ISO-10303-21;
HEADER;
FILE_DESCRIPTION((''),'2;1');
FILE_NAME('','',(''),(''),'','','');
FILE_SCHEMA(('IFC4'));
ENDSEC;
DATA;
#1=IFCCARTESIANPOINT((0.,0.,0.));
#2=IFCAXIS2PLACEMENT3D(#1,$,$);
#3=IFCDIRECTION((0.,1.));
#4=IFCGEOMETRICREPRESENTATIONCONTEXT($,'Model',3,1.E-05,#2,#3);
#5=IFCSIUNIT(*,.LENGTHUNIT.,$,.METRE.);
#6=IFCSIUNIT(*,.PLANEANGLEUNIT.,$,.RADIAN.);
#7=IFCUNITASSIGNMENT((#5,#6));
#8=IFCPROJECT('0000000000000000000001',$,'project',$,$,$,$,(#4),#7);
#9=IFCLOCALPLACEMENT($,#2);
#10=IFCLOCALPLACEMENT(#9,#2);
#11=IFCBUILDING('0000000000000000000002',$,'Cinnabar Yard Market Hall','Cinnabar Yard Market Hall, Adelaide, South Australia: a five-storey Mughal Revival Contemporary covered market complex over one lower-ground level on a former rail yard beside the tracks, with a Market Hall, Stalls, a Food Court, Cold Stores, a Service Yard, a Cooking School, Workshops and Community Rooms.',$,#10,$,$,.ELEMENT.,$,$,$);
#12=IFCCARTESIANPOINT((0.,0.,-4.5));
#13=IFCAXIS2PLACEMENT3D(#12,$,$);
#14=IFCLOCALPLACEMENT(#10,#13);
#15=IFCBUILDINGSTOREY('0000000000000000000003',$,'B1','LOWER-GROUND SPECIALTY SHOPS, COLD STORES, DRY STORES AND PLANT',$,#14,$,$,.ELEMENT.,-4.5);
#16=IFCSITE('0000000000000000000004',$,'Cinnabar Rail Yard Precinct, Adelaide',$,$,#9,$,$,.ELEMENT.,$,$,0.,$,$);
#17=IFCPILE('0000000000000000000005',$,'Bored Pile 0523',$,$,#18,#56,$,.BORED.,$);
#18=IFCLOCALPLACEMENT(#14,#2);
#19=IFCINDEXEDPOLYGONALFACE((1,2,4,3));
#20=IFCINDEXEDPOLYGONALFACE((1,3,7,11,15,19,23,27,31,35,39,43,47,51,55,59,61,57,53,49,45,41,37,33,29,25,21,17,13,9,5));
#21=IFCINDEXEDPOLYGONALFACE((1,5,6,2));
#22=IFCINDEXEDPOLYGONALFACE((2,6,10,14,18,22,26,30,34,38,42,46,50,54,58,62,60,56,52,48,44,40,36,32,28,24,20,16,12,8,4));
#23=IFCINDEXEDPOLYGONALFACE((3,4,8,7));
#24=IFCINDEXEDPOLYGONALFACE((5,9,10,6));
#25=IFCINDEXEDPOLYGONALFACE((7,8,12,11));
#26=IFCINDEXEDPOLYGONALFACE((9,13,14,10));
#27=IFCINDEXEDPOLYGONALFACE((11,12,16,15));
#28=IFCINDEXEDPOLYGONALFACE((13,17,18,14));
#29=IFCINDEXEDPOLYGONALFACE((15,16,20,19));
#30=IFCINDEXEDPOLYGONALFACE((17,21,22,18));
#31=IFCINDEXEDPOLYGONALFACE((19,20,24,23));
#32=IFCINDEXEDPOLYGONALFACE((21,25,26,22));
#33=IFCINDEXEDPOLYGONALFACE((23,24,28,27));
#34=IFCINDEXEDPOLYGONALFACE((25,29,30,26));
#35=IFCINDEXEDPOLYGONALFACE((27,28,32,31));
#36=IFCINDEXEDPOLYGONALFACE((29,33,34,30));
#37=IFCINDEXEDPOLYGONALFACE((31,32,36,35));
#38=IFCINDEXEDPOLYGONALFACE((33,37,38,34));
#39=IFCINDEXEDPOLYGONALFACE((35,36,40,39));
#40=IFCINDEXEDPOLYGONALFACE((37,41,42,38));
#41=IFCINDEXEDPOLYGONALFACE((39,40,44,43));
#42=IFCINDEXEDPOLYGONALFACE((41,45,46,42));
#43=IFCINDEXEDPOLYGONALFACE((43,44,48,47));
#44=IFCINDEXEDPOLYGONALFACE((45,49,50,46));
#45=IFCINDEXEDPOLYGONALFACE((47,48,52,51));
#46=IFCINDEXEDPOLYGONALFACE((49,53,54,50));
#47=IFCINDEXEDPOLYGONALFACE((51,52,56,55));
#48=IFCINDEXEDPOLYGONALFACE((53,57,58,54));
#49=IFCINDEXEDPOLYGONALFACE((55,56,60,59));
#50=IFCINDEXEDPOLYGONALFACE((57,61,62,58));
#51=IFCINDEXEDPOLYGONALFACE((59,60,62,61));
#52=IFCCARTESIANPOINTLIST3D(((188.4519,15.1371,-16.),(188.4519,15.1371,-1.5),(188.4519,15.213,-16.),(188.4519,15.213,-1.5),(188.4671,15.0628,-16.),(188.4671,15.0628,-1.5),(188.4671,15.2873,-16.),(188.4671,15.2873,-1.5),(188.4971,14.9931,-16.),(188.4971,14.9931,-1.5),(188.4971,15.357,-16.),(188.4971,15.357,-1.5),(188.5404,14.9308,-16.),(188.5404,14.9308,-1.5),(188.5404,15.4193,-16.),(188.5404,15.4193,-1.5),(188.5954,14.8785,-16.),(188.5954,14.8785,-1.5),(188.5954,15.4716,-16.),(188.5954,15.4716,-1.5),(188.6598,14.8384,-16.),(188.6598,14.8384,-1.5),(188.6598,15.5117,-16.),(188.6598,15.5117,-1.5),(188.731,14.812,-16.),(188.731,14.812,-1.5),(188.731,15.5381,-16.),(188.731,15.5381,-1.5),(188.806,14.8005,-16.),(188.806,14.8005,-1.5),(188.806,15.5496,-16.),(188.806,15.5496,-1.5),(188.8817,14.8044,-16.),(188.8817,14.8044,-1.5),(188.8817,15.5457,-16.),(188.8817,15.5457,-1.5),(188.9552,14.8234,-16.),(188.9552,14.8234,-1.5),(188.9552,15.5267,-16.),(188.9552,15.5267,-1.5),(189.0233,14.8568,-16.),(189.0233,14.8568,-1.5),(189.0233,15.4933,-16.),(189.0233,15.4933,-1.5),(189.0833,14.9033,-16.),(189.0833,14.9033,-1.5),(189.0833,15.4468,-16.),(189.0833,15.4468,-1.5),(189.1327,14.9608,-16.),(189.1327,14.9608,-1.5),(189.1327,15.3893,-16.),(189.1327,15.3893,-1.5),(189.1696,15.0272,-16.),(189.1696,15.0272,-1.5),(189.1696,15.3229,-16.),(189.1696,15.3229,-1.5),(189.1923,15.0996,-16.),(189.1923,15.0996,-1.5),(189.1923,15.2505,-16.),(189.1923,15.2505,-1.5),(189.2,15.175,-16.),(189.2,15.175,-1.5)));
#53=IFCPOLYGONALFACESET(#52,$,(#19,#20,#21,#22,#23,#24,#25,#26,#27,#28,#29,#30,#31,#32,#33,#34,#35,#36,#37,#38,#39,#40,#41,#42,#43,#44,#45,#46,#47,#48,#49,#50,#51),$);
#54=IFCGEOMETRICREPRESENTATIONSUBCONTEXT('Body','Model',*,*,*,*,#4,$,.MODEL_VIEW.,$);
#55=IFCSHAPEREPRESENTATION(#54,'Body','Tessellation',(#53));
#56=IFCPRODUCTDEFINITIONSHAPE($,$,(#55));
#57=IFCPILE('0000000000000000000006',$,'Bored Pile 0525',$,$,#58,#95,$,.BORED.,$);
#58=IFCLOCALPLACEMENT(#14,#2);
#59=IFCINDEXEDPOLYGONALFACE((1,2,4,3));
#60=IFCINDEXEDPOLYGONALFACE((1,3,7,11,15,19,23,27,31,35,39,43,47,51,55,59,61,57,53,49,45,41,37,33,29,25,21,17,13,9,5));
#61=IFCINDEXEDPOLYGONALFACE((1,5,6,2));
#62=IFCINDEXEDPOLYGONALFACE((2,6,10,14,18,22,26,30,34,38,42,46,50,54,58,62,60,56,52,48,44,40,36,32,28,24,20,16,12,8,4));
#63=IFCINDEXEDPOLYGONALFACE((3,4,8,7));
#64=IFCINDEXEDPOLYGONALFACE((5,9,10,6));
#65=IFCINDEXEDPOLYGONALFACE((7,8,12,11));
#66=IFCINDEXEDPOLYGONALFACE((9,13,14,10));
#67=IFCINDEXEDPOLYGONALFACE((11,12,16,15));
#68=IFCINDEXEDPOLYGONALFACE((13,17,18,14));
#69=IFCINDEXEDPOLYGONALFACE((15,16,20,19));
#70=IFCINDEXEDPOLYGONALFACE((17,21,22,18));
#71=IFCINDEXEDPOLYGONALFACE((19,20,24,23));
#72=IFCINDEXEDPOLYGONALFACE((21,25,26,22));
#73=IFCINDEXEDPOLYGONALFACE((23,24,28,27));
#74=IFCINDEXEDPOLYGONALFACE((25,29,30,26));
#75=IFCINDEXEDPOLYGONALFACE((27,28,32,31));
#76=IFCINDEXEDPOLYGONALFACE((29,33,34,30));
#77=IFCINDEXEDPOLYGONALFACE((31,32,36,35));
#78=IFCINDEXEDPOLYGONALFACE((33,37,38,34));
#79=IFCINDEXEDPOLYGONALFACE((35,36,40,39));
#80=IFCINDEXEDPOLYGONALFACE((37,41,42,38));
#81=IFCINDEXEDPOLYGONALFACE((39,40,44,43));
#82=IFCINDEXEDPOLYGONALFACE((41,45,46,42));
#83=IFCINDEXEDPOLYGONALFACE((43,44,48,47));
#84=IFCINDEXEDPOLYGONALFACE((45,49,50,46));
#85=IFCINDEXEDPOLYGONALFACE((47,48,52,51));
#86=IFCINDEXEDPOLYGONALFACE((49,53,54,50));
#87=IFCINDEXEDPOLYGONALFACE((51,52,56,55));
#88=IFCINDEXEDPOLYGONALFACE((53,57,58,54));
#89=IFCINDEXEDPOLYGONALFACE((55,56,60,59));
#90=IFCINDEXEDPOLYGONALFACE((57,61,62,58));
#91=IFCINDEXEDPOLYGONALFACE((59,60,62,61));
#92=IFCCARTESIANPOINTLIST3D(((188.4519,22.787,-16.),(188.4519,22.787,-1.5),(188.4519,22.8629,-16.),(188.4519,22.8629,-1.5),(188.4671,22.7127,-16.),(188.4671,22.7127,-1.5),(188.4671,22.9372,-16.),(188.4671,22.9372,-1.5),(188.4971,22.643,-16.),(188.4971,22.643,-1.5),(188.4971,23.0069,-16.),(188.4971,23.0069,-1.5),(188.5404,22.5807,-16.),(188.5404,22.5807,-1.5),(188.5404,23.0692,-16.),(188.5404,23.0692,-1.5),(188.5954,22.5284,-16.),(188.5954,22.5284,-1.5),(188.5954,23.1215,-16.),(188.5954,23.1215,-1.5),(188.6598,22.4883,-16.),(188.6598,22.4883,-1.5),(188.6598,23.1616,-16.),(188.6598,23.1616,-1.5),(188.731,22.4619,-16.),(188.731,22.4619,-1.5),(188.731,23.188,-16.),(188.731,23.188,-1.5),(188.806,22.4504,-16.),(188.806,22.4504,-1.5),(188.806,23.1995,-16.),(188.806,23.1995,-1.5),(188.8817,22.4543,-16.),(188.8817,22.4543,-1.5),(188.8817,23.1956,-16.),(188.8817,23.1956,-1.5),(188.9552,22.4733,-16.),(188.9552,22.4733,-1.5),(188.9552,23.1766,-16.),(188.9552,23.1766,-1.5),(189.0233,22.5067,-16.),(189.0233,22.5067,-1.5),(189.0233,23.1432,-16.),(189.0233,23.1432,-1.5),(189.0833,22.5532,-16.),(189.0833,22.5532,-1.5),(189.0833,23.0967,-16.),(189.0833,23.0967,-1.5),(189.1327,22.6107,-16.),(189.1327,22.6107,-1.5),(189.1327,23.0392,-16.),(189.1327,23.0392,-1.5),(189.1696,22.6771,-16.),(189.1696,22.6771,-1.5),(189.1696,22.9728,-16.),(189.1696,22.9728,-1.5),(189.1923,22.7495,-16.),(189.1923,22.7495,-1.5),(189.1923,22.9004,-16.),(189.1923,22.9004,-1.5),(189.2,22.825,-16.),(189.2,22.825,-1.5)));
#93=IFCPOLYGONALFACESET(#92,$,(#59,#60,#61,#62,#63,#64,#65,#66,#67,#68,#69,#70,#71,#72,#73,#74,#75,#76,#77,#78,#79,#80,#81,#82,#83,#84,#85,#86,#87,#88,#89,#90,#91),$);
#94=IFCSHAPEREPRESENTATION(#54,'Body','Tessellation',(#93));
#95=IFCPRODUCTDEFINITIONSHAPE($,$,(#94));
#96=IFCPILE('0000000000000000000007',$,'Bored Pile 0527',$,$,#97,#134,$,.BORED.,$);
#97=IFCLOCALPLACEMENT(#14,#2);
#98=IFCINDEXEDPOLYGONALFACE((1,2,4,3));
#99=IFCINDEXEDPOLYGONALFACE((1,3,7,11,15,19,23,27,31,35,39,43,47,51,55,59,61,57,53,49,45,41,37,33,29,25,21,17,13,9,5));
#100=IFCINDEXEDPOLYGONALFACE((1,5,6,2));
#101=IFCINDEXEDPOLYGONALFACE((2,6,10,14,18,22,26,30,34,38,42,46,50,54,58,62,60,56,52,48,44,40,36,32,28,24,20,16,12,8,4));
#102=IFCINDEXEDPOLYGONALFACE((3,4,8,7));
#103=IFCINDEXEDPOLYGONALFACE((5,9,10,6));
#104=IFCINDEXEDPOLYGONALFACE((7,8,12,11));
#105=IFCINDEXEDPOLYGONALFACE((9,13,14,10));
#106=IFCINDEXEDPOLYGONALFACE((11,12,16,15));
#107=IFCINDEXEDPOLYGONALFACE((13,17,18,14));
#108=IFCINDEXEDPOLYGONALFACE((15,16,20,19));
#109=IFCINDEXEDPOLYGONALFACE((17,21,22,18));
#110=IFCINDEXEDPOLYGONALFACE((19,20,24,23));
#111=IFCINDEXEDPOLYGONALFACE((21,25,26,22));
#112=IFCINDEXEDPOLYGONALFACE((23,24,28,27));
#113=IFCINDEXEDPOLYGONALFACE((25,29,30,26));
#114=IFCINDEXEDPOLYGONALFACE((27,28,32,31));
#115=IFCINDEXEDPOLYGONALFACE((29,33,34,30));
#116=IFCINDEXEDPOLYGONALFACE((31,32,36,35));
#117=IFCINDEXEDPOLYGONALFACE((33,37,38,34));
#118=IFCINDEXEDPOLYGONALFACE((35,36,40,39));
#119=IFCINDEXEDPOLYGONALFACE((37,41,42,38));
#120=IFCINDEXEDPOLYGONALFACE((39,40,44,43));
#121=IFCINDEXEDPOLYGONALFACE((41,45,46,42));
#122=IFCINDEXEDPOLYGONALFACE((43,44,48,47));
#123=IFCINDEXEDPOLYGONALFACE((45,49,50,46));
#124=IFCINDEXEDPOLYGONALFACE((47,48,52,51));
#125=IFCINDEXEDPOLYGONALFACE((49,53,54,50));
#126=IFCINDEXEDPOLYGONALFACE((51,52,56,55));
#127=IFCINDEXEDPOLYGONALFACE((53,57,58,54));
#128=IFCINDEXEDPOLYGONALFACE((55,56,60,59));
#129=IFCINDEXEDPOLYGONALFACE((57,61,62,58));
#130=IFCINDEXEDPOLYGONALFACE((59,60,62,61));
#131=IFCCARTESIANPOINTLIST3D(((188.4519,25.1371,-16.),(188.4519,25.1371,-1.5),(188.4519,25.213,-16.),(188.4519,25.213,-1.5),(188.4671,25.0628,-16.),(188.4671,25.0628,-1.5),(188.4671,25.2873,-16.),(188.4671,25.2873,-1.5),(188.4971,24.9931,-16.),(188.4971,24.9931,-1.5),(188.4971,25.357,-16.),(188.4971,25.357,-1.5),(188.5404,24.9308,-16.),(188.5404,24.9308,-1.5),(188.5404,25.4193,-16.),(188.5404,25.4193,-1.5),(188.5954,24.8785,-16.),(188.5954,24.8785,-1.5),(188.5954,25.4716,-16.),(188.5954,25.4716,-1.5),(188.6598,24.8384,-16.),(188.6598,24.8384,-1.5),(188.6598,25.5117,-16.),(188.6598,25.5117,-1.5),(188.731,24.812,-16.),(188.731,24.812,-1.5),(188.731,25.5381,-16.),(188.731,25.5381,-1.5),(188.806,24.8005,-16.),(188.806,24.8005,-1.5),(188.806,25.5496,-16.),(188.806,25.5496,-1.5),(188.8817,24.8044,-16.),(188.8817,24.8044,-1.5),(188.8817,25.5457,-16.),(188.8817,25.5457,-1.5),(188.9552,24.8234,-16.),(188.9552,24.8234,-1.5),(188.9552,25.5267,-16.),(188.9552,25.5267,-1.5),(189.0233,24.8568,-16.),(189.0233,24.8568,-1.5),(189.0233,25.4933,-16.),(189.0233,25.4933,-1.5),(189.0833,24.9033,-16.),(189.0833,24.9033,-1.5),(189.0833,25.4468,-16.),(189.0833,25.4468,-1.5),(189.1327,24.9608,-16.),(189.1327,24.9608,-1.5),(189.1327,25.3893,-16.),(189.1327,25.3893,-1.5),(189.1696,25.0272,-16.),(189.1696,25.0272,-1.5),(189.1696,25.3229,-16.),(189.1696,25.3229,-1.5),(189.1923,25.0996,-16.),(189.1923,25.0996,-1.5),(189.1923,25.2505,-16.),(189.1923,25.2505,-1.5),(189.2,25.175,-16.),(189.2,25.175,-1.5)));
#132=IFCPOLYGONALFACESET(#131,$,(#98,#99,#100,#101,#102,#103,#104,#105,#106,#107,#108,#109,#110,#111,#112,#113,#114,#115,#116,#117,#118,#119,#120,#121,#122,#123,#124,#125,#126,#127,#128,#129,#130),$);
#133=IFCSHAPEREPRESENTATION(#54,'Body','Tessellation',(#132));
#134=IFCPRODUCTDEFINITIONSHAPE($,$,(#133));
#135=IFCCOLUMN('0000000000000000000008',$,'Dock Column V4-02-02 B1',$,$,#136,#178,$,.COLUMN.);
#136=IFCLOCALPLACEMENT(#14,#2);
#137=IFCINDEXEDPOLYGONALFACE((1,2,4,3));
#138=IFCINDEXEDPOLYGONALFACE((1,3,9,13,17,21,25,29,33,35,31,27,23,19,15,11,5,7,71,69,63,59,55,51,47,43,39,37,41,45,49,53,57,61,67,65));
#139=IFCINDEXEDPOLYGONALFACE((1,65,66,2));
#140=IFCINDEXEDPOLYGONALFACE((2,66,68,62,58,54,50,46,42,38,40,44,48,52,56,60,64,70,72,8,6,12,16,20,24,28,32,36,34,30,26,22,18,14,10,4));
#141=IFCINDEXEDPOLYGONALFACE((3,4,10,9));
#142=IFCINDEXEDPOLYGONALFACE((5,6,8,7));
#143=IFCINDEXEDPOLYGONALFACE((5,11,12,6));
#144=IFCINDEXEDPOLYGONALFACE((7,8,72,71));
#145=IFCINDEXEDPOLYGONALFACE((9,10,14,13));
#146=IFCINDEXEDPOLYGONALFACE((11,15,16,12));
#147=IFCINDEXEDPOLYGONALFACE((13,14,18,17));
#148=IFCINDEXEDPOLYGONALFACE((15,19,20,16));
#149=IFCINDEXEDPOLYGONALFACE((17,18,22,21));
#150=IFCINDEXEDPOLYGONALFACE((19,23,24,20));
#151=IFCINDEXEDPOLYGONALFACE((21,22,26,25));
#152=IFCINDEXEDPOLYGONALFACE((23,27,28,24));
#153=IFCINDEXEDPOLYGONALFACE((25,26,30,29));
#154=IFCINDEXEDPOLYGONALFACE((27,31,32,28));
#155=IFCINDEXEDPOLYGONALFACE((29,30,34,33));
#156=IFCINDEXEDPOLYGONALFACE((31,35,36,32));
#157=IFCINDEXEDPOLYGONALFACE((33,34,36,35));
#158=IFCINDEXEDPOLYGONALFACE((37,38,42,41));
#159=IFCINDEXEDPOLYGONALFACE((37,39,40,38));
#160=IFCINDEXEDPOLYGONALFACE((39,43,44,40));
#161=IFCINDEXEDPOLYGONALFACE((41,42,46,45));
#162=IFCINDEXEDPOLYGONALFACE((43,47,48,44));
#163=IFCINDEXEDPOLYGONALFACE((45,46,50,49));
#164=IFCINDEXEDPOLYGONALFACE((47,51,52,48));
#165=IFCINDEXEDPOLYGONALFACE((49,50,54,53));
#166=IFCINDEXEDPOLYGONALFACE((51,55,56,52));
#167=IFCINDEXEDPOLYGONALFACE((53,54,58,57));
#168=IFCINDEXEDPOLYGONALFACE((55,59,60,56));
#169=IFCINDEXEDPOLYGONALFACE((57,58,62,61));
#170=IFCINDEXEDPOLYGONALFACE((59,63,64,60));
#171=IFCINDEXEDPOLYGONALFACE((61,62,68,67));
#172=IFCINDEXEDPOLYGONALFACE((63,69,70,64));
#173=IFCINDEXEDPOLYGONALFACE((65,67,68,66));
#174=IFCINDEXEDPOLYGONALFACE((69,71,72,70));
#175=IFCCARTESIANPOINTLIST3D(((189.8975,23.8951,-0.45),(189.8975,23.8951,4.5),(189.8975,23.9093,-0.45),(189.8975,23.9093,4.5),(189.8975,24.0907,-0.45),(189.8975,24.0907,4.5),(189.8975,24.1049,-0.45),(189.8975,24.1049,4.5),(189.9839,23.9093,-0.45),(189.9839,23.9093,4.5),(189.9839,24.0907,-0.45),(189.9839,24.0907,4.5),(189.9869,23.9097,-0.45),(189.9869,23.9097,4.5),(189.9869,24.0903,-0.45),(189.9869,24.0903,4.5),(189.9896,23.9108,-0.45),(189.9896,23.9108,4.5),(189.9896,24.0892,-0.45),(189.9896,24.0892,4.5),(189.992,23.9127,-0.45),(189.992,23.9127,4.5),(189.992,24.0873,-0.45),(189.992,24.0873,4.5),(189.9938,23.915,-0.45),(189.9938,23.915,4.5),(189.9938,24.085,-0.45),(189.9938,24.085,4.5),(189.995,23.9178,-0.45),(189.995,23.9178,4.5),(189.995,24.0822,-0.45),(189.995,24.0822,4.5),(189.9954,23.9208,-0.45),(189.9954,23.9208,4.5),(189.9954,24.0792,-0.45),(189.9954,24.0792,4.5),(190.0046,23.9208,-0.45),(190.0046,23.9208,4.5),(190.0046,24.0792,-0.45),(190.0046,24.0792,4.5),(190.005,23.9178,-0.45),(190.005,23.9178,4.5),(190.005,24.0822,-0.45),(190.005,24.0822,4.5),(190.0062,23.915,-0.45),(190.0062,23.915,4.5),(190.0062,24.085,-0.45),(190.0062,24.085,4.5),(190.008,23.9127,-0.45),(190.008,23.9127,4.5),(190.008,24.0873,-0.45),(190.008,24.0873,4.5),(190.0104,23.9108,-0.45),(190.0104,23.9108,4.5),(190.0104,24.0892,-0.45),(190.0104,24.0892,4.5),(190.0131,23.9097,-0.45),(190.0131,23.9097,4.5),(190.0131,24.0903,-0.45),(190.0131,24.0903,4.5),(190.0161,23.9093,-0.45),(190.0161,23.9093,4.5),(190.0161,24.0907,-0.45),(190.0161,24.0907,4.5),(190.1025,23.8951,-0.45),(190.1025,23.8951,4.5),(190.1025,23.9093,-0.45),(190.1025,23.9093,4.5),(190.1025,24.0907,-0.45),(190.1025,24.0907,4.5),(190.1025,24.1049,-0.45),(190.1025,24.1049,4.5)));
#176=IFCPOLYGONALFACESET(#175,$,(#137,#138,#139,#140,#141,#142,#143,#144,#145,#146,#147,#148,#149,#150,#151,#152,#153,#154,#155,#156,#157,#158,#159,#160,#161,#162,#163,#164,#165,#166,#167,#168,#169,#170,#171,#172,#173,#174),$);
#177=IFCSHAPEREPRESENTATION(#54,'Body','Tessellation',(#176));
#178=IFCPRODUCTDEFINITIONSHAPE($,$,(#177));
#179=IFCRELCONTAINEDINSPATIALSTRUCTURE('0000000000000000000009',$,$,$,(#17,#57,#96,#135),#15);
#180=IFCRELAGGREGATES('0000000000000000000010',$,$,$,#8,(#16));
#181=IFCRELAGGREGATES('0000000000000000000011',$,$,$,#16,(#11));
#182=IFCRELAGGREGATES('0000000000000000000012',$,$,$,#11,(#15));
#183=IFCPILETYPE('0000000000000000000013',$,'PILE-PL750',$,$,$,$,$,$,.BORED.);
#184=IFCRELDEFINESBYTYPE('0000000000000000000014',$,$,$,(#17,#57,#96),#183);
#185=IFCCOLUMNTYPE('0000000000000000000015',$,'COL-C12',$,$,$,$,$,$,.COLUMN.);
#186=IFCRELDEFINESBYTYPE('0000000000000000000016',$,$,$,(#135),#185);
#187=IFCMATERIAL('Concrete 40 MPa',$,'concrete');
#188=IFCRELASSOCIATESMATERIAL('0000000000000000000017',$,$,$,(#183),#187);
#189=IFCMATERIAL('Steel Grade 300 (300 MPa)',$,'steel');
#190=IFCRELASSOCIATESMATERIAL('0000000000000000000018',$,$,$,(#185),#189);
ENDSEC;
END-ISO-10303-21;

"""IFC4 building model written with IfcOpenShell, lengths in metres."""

from ifc_helpers import new_model, si_unit, direction, frame, origin, origin_2d_with_axis, place, context, subcontext, project, spatial, circle, i_section, extrude, material, material_profile, profile_set, type_object, element, save


model = new_model("IFC4")

# Units and contexts
model_context = context("Model", 3, precision=1e-05, world=origin(), true_north=direction((0.0, 1.0)))
body_context = subcontext(model_context, "Body", "Model", "MODEL_VIEW")
ifc_project = project(units=[si_unit("LENGTHUNIT", "METRE"), si_unit("PLANEANGLEUNIT", "RADIAN")], contexts=[model_context])

# Site, building, storey
site_placement = place(None, origin())
site = spatial("IfcSite", under=ifc_project, at=site_placement, Name="Cinnabar Rail Yard Precinct, Adelaide", CompositionType="ELEMENT", RefElevation=0.0)
building_placement = place(site_placement, origin())
building = spatial("IfcBuilding", under=site, at=building_placement, Name="Cinnabar Yard Market Hall", Description="Cinnabar Yard Market Hall, Adelaide, South Australia: a five-storey Mughal Revival Contemporary covered market complex over one lower-ground level on a former rail yard beside the tracks, with a Market Hall, Stalls, a Food Court, Cold Stores, a Service Yard, a Cooking School, Workshops and Community Rooms.", CompositionType="ELEMENT")
storey_placement = place(building_placement, frame((0.0, 0.0, -4.5)))
storey = spatial("IfcBuildingStorey", under=building, at=storey_placement, Name="B1", Description="LOWER-GROUND SPECIALTY SHOPS, COLD STORES, DRY STORES AND PLANT", CompositionType="ELEMENT", Elevation=-4.5)

# Shared definitions
ifc_material_1 = material(Name="Concrete 40 MPa", Category="concrete")

# Piles
ifc_material_profile_1 = material_profile(ifc_material_1, circle(Radius=0.375, at=origin_2d_with_axis()), Name="PILE-D750")
ifc_profile_set_1 = profile_set([ifc_material_profile_1], Name="Concrete 40 MPa")
pile_type = type_object("IfcPileType", Name="PILE-PL750", PredefinedType="BORED", material=ifc_profile_set_1)
for number, where, z_axis, x_axis, name in (
    (1, (188.825, 15.175, -1.5), (0.0, 0.0, -1.0), (1.0, 0.0, 0.0), "Bored Pile 0523"),
    (2, (188.825, 22.825, -1.5), (0.0, 0.0, -1.0), (1.0, 0.0, 0.0), "Bored Pile 0525"),
    (3, (188.825, 25.175, -1.5), (0.0, 0.0, -1.0), (1.0, 0.0, 0.0), "Bored Pile 0527"),
):
    element("IfcPile", number, at=place(storey_placement, frame(where, z_axis=z_axis, x_axis=x_axis)), inside=storey, type_object=pile_type, Name=name, PredefinedType="BORED", context=body_context, shape_type="SweptSolid", body=[
        extrude(circle(Radius=0.375, at=origin_2d_with_axis()), origin(), (0.0, 0.0, 1.0), 14.5),
    ])

# Column
ifc_material_2 = material(Name="Steel Grade 300 (300 MPa)", Category="steel")
ifc_material_profile_2 = material_profile(ifc_material_2, i_section(OverallWidth=0.2051, OverallDepth=0.2097, WebThickness=0.0093, FlangeThickness=0.0142, FilletRadius=0.0115, at=origin_2d_with_axis()), Name="200UC59.5")
ifc_profile_set_2 = profile_set([ifc_material_profile_2], Name="Steel Grade 300 (300 MPa)")
column_type_1 = type_object("IfcColumnType", Name="COL-C12", PredefinedType="COLUMN", material=ifc_profile_set_2)
column_1_placement = place(storey_placement, frame((190.0, 24.0, -0.45), z_axis=(0.0, 0.0, 1.0), x_axis=(1.0, 0.0, 0.0)))
element("IfcColumn", 4, at=column_1_placement, inside=storey, type_object=column_type_1, Name="Dock Column V4-02-02 B1", PredefinedType="COLUMN", context=body_context, shape_type="SweptSolid", body=[
    extrude(i_section(OverallWidth=0.2051, OverallDepth=0.2097, WebThickness=0.0093, FlangeThickness=0.0142, FilletRadius=0.0115, at=origin_2d_with_axis()), origin(), (0.0, 0.0, 1.0), 4.95),
])

save(model, "model.ifc")
